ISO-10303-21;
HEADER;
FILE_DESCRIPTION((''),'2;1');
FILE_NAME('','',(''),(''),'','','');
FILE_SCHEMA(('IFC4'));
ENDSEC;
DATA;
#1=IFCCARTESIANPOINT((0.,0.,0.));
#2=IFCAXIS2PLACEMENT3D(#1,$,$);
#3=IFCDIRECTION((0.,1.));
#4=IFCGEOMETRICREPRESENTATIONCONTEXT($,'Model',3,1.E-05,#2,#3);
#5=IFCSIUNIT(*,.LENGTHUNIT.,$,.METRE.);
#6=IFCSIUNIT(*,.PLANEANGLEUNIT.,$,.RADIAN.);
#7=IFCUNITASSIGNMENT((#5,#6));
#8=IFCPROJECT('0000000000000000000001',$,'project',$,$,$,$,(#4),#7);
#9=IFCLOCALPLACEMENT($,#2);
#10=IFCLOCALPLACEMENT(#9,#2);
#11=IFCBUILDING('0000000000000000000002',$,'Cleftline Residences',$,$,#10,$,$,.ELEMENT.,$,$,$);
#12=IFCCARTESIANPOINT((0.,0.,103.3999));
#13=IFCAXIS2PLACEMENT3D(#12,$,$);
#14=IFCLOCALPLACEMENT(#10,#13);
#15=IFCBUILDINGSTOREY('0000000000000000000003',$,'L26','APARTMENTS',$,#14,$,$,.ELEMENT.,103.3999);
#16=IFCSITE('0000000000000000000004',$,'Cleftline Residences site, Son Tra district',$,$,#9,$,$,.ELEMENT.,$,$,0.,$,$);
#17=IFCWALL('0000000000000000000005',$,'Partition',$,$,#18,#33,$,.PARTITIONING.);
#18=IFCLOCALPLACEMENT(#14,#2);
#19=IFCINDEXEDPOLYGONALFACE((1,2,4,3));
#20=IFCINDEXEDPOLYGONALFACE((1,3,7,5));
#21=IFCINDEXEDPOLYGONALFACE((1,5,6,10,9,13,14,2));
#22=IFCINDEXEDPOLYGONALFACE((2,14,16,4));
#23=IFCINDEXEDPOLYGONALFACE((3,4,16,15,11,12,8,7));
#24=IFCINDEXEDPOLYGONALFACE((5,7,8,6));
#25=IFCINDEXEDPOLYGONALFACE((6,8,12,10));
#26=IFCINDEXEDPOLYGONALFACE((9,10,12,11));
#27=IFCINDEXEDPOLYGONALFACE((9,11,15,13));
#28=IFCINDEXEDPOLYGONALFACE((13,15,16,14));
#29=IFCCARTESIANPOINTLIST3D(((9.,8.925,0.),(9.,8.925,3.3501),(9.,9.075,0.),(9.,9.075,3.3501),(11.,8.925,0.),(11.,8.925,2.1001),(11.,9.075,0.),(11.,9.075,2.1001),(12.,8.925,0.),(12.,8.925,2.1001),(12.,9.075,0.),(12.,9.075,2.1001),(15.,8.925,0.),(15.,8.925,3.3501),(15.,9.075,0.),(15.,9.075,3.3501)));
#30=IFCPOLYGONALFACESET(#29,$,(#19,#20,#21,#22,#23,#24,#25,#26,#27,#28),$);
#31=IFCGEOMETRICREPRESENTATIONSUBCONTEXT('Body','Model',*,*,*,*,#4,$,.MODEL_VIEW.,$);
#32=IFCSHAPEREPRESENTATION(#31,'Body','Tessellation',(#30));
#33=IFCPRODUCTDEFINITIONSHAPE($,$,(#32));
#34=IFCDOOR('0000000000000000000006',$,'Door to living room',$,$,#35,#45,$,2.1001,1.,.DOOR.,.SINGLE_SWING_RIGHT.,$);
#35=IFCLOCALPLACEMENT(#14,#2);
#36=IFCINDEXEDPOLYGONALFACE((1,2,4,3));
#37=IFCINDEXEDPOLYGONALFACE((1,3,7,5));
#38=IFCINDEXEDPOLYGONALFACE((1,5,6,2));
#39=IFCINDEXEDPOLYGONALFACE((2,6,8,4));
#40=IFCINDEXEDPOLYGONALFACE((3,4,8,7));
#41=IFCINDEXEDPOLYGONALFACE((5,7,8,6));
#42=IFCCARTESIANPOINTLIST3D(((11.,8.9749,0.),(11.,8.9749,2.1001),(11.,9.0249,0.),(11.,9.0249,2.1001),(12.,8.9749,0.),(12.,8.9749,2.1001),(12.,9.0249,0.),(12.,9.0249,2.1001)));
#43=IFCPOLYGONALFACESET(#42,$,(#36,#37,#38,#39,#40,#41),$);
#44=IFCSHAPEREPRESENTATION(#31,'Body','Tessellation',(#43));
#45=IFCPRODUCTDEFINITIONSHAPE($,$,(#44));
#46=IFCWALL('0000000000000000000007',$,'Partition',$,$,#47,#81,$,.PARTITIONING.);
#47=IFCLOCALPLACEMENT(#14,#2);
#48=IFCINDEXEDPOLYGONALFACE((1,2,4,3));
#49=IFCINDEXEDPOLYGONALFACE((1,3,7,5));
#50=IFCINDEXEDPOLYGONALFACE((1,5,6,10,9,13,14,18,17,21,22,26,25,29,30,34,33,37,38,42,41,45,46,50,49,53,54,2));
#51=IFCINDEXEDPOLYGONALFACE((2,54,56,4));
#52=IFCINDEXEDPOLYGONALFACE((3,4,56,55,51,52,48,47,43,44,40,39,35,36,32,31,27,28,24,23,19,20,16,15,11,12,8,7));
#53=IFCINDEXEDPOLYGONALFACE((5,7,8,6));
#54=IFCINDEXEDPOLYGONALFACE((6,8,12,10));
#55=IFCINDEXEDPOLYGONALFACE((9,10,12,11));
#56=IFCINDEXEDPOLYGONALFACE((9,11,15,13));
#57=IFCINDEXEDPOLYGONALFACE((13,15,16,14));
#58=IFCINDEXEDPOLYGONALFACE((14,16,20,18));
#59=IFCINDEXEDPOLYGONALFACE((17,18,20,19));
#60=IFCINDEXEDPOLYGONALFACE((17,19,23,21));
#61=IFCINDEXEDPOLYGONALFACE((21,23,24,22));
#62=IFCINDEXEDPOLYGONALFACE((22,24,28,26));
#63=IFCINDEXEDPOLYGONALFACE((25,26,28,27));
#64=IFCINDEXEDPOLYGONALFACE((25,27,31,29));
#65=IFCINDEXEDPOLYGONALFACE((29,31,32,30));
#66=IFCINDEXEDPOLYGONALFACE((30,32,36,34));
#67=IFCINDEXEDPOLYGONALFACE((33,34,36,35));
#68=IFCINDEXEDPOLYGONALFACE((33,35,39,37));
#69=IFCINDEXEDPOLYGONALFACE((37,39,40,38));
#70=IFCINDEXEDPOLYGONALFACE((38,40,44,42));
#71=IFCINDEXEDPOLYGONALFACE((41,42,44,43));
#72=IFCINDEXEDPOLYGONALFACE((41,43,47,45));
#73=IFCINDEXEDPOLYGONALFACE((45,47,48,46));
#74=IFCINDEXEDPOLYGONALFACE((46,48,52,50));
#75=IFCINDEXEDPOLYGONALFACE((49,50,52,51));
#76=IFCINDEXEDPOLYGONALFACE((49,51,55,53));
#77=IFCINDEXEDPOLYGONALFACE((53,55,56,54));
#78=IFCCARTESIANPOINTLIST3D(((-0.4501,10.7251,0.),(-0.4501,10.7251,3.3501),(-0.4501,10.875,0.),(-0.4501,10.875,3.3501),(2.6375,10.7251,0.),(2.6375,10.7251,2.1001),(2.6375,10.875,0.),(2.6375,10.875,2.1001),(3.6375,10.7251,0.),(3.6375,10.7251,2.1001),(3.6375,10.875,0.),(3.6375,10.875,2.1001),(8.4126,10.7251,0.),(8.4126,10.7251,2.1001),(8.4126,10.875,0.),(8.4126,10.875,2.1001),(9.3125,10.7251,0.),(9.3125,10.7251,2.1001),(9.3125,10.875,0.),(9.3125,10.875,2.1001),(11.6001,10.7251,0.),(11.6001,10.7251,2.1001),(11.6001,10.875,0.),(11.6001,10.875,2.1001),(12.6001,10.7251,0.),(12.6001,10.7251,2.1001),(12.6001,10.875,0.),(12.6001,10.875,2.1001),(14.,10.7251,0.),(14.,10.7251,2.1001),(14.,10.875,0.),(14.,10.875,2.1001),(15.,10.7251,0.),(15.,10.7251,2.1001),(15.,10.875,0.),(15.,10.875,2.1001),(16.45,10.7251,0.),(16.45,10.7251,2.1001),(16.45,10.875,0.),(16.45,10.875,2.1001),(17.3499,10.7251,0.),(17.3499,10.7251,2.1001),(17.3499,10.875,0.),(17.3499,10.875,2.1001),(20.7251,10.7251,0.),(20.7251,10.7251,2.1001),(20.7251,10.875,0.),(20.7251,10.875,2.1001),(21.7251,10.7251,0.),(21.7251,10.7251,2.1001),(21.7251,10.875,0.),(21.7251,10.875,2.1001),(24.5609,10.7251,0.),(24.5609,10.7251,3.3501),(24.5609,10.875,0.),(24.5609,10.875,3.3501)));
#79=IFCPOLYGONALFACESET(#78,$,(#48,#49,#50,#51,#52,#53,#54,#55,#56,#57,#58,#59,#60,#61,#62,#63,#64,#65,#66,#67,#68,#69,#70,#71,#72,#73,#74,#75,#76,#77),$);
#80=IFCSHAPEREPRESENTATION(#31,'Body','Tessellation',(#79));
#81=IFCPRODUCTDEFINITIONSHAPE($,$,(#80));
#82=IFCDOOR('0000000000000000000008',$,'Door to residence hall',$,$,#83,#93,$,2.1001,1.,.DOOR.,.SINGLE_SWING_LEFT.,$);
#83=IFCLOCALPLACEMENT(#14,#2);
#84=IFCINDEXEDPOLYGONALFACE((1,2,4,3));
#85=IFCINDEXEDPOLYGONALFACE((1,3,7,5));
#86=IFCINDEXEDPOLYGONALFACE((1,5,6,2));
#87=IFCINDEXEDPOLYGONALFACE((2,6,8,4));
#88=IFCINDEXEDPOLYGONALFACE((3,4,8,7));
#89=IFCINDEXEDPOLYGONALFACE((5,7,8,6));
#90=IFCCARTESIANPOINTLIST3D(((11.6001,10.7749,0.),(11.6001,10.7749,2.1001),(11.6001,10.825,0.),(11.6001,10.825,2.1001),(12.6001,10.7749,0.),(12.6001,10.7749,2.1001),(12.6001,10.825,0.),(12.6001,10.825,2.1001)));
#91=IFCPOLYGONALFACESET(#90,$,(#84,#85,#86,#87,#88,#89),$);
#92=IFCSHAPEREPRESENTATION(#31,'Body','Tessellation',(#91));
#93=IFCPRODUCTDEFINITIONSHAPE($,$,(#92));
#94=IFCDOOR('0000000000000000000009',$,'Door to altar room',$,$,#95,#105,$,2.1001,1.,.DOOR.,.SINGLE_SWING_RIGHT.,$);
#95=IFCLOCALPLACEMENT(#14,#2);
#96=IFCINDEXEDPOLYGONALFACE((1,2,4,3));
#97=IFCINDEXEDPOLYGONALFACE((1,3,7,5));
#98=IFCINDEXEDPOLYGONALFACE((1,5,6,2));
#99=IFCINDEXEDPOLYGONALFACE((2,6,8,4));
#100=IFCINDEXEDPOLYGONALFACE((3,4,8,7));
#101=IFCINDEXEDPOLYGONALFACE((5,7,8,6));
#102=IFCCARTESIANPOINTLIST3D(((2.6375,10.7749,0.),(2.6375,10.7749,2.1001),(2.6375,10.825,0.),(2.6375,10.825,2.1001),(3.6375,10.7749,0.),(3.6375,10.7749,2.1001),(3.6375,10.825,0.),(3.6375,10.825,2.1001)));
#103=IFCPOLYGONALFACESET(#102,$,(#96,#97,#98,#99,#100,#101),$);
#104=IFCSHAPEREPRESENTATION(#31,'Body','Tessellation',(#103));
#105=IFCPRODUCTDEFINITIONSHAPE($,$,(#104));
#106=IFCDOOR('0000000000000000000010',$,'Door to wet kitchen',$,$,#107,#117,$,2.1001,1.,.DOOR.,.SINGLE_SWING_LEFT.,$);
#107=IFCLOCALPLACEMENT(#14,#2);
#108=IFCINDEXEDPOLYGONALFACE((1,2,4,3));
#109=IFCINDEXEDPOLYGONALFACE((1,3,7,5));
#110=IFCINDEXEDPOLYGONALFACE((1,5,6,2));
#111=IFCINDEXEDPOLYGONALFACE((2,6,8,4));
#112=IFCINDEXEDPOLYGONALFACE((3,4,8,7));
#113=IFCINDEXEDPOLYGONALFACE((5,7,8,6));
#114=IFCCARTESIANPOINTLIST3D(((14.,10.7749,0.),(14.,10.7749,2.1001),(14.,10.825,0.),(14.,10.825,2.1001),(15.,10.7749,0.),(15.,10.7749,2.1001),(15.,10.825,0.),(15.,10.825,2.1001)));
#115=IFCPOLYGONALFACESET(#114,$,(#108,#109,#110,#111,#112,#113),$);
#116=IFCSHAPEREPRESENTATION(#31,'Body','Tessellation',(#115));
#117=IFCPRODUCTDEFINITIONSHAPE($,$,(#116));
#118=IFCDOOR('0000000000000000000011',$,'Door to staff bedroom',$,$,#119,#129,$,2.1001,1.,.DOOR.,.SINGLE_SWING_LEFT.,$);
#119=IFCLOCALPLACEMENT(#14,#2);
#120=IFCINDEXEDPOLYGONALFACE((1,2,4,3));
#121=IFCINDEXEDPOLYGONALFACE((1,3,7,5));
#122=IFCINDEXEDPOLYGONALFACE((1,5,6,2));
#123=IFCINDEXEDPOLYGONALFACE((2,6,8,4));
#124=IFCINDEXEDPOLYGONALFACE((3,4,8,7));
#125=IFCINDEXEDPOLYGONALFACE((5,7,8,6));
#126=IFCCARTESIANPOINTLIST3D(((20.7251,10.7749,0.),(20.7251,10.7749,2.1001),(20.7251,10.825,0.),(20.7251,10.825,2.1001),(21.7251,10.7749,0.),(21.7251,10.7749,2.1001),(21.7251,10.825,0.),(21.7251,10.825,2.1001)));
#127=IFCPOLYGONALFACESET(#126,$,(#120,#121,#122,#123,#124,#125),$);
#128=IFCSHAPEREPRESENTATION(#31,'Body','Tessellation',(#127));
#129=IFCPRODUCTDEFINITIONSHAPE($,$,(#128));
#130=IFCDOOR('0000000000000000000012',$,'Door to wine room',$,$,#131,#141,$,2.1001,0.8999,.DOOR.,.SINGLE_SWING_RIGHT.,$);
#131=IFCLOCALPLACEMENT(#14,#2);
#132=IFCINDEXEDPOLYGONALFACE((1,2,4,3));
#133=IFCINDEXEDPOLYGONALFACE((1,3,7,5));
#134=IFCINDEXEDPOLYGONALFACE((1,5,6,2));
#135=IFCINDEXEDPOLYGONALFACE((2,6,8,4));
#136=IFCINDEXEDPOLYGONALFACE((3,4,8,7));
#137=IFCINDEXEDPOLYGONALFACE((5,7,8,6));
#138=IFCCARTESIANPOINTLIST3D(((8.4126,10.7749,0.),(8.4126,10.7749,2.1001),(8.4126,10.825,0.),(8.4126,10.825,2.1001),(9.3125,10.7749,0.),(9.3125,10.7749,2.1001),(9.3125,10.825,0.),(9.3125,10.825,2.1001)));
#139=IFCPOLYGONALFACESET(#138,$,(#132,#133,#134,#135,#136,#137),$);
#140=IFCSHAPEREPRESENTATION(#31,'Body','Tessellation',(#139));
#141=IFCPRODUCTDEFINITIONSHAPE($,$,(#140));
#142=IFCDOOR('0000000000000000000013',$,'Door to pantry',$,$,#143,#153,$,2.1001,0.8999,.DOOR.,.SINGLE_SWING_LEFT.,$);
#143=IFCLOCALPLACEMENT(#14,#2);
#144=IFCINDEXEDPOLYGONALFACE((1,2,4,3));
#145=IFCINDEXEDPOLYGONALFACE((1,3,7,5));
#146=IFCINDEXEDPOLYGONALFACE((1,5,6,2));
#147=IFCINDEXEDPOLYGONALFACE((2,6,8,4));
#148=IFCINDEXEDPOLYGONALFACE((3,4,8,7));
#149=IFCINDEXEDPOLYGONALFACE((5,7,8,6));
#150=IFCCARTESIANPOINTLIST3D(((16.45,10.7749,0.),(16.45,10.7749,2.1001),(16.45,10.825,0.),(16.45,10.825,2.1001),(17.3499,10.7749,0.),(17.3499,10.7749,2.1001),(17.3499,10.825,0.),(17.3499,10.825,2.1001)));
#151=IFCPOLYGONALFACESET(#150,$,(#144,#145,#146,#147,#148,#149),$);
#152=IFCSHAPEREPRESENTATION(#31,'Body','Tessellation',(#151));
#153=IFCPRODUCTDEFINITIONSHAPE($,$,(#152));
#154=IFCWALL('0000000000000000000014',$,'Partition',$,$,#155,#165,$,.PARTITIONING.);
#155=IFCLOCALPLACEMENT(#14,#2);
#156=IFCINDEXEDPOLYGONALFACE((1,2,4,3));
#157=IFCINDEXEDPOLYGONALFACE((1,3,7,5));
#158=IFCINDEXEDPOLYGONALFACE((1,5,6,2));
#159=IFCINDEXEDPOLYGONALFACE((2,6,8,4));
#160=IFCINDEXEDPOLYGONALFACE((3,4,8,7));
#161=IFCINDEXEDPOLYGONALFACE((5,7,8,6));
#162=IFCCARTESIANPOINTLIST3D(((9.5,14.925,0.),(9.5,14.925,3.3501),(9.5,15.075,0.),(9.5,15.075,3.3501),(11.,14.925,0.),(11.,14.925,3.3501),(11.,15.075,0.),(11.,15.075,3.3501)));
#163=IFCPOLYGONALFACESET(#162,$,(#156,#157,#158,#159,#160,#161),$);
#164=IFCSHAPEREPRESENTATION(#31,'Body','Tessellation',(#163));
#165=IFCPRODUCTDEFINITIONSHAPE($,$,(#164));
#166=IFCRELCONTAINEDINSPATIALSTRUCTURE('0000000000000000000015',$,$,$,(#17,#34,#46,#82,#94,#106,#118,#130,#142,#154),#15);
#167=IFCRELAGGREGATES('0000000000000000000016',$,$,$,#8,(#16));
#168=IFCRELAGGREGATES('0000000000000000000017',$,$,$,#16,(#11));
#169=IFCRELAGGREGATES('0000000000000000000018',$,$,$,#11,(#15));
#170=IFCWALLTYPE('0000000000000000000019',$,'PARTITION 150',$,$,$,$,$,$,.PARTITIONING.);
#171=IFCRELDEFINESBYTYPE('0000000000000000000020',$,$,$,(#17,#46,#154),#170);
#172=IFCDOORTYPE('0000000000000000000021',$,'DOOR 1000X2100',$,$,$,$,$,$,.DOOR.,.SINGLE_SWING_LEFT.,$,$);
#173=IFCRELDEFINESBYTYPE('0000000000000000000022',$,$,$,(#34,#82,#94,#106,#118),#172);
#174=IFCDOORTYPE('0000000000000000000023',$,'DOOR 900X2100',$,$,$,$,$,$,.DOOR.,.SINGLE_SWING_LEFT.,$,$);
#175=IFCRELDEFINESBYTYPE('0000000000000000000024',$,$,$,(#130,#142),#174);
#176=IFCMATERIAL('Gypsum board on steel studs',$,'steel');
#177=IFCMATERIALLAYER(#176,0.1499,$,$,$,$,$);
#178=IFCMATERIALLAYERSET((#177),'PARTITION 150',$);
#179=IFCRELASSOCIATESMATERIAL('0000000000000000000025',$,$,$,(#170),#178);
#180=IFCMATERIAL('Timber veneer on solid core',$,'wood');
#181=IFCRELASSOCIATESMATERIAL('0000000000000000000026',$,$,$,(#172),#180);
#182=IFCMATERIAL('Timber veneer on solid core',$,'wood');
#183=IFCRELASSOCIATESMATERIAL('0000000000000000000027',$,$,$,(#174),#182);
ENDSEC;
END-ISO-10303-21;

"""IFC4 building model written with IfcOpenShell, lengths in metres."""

from ifc_helpers import new_model, si_unit, direction, frame, frame_2d, origin, place, context, subcontext, project, spatial, rectangle, extrude, material, layer, layer_set, type_object, element, fill, save


model = new_model("IFC4")

# Units and contexts
model_context = context("Model", 3, precision=1e-05, world=origin(), true_north=direction((0.0, 1.0)))
body_context = subcontext(model_context, "Body", "Model", "MODEL_VIEW")
ifc_project = project(units=[si_unit("LENGTHUNIT", "METRE"), si_unit("PLANEANGLEUNIT", "RADIAN")], contexts=[model_context])

# Site, building, storey
site_placement = place(None, origin())
site = spatial("IfcSite", under=ifc_project, at=site_placement, Name="Cleftline Residences site, Son Tra district", CompositionType="ELEMENT", RefElevation=0.0)
building_placement = place(site_placement, origin())
building = spatial("IfcBuilding", under=site, at=building_placement, Name="Cleftline Residences", CompositionType="ELEMENT")
storey_placement = place(building_placement, frame((0.0, 0.0, 103.3999)))
storey = spatial("IfcBuildingStorey", under=building, at=storey_placement, Name="L26", Description="APARTMENTS", CompositionType="ELEMENT", Elevation=103.3999)

# Wall, opening, door
ifc_material_1 = material(Name="Gypsum board on steel studs", Category="steel")
ifc_layer = layer(ifc_material_1, 0.1499)
ifc_layer_set = layer_set([ifc_layer], Name="PARTITION 150")
wall_type = type_object("IfcWallType", Name="PARTITION 150", PredefinedType="PARTITIONING", material=ifc_layer_set)
wall_1_placement = place(storey_placement, frame((9.0, 9.0, 0.0), z_axis=(0.0, 0.0, 1.0), x_axis=(1.0, 0.0, 0.0)))
wall_1 = element("IfcWall", 1, at=wall_1_placement, inside=storey, type_object=wall_type, Name="Partition", PredefinedType="PARTITIONING", context=body_context, shape_type="SweptSolid", body=[
    extrude(rectangle(XDim=6.0, YDim=0.1499, at=frame_2d((3.0, 0.0))), origin(), (0.0, 0.0, 1.0), 3.3501),
])
opening_1_placement = place(wall_1_placement, frame((2.0, 0.0, 0.0)))
opening_1 = element("IfcOpeningElement", 2, at=opening_1_placement, cuts=wall_1, PredefinedType="OPENING", context=body_context, shape_type="SweptSolid", body=[
    extrude(rectangle(XDim=1.0, YDim=2.1001, at=frame_2d((0.5, 1.05))), frame((0.0, 0.085, 0.0), z_axis=(0.0, -1.0, 0.0), x_axis=(1.0, 0.0, 0.0)), (0.0, 0.0, 1.0), 0.1699),
])
ifc_material_2 = material(Name="Timber veneer on solid core", Category="wood")
door_type_1 = type_object("IfcDoorType", Name="DOOR 1000X2100", OperationType="SINGLE_SWING_LEFT", PredefinedType="DOOR", material=ifc_material_2)
door_1_placement = place(opening_1_placement, origin())
door_1 = element("IfcDoor", 3, at=door_1_placement, inside=storey, type_object=door_type_1, Name="Door to living room", OperationType="SINGLE_SWING_RIGHT", OverallHeight=2.1001, OverallWidth=1.0, PredefinedType="DOOR", context=body_context, shape_type="SweptSolid", body=[
    extrude(rectangle(XDim=1.0, YDim=2.1001, at=frame_2d((0.5, 1.05))), frame((0.0, 0.0249, 0.0), z_axis=(0.0, -1.0, 0.0), x_axis=(1.0, 0.0, 0.0)), (0.0, 0.0, 1.0), 0.05),
])
fill(opening_1, door_1)

# Wall, openings, doors
wall_2_placement = place(storey_placement, frame((-0.45, 10.8, 0.0), z_axis=(0.0, 0.0, 1.0), x_axis=(1.0, 0.0, 0.0)))
wall_2 = element("IfcWall", 4, at=wall_2_placement, inside=storey, type_object=wall_type, Name="Partition", PredefinedType="PARTITIONING", context=body_context, shape_type="SweptSolid", body=[
    extrude(rectangle(XDim=25.011, YDim=0.1499, at=frame_2d((12.5054, 0.0))), origin(), (0.0, 0.0, 1.0), 3.3501),
])
opening_2_placement = place(wall_2_placement, frame((12.05, 0.0, 0.0)))
opening_2 = element("IfcOpeningElement", 5, at=opening_2_placement, cuts=wall_2, PredefinedType="OPENING", context=body_context, shape_type="SweptSolid", body=[
    extrude(rectangle(XDim=1.0, YDim=2.1001, at=frame_2d((0.5, 1.05))), frame((0.0, 0.085, 0.0), z_axis=(0.0, -1.0, 0.0), x_axis=(1.0, 0.0, 0.0)), (0.0, 0.0, 1.0), 0.1699),
])
opening_3_placement = place(wall_2_placement, frame((3.0874, 0.0, 0.0)))
opening_3 = element("IfcOpeningElement", 6, at=opening_3_placement, cuts=wall_2, PredefinedType="OPENING", context=body_context, shape_type="SweptSolid", body=[
    extrude(rectangle(XDim=1.0, YDim=2.1001, at=frame_2d((0.5, 1.05))), frame((0.0, 0.085, 0.0), z_axis=(0.0, -1.0, 0.0), x_axis=(1.0, 0.0, 0.0)), (0.0, 0.0, 1.0), 0.1699),
])
opening_4_placement = place(wall_2_placement, frame((8.8625, 0.0, 0.0)))
opening_4 = element("IfcOpeningElement", 7, at=opening_4_placement, cuts=wall_2, PredefinedType="OPENING", context=body_context, shape_type="SweptSolid", body=[
    extrude(rectangle(XDim=0.8999, YDim=2.1001, at=frame_2d((0.45, 1.05))), frame((0.0, 0.085, 0.0), z_axis=(0.0, -1.0, 0.0), x_axis=(1.0, 0.0, 0.0)), (0.0, 0.0, 1.0), 0.1699),
])
opening_5_placement = place(wall_2_placement, frame((14.45, 0.0, 0.0)))
opening_5 = element("IfcOpeningElement", 8, at=opening_5_placement, cuts=wall_2, PredefinedType="OPENING", context=body_context, shape_type="SweptSolid", body=[
    extrude(rectangle(XDim=1.0, YDim=2.1001, at=frame_2d((0.5, 1.05))), frame((0.0, 0.085, 0.0), z_axis=(0.0, -1.0, 0.0), x_axis=(1.0, 0.0, 0.0)), (0.0, 0.0, 1.0), 0.1699),
])
opening_6_placement = place(wall_2_placement, frame((16.8999, 0.0, 0.0)))
opening_6 = element("IfcOpeningElement", 9, at=opening_6_placement, cuts=wall_2, PredefinedType="OPENING", context=body_context, shape_type="SweptSolid", body=[
    extrude(rectangle(XDim=0.8999, YDim=2.1001, at=frame_2d((0.45, 1.05))), frame((0.0, 0.085, 0.0), z_axis=(0.0, -1.0, 0.0), x_axis=(1.0, 0.0, 0.0)), (0.0, 0.0, 1.0), 0.1699),
])
opening_7_placement = place(wall_2_placement, frame((21.175, 0.0, 0.0)))
opening_7 = element("IfcOpeningElement", 10, at=opening_7_placement, cuts=wall_2, PredefinedType="OPENING", context=body_context, shape_type="SweptSolid", body=[
    extrude(rectangle(XDim=1.0, YDim=2.1001, at=frame_2d((0.5, 1.05))), frame((0.0, 0.085, 0.0), z_axis=(0.0, -1.0, 0.0), x_axis=(1.0, 0.0, 0.0)), (0.0, 0.0, 1.0), 0.1699),
])
door_2_placement = place(opening_2_placement, origin())
door_2 = element("IfcDoor", 11, at=door_2_placement, inside=storey, type_object=door_type_1, Name="Door to residence hall", OperationType="SINGLE_SWING_LEFT", OverallHeight=2.1001, OverallWidth=1.0, PredefinedType="DOOR", context=body_context, shape_type="SweptSolid", body=[
    extrude(rectangle(XDim=1.0, YDim=2.1001, at=frame_2d((0.5, 1.05))), frame((0.0, 0.0249, 0.0), z_axis=(0.0, -1.0, 0.0), x_axis=(1.0, 0.0, 0.0)), (0.0, 0.0, 1.0), 0.05),
])
fill(opening_2, door_2)
door_3_placement = place(opening_3_placement, origin())
door_3 = element("IfcDoor", 12, at=door_3_placement, inside=storey, type_object=door_type_1, Name="Door to altar room", OperationType="SINGLE_SWING_RIGHT", OverallHeight=2.1001, OverallWidth=1.0, PredefinedType="DOOR", context=body_context, shape_type="SweptSolid", body=[
    extrude(rectangle(XDim=1.0, YDim=2.1001, at=frame_2d((0.5, 1.05))), frame((0.0, 0.0249, 0.0), z_axis=(0.0, -1.0, 0.0), x_axis=(1.0, 0.0, 0.0)), (0.0, 0.0, 1.0), 0.05),
])
fill(opening_3, door_3)
door_4_placement = place(opening_5_placement, origin())
door_4 = element("IfcDoor", 13, at=door_4_placement, inside=storey, type_object=door_type_1, Name="Door to wet kitchen", OperationType="SINGLE_SWING_LEFT", OverallHeight=2.1001, OverallWidth=1.0, PredefinedType="DOOR", context=body_context, shape_type="SweptSolid", body=[
    extrude(rectangle(XDim=1.0, YDim=2.1001, at=frame_2d((0.5, 1.05))), frame((0.0, 0.0249, 0.0), z_axis=(0.0, -1.0, 0.0), x_axis=(1.0, 0.0, 0.0)), (0.0, 0.0, 1.0), 0.05),
])
fill(opening_5, door_4)
door_5_placement = place(opening_7_placement, origin())
door_5 = element("IfcDoor", 14, at=door_5_placement, inside=storey, type_object=door_type_1, Name="Door to staff bedroom", OperationType="SINGLE_SWING_LEFT", OverallHeight=2.1001, OverallWidth=1.0, PredefinedType="DOOR", context=body_context, shape_type="SweptSolid", body=[
    extrude(rectangle(XDim=1.0, YDim=2.1001, at=frame_2d((0.5, 1.05))), frame((0.0, 0.0249, 0.0), z_axis=(0.0, -1.0, 0.0), x_axis=(1.0, 0.0, 0.0)), (0.0, 0.0, 1.0), 0.05),
])
fill(opening_7, door_5)
ifc_material_3 = material(Name="Timber veneer on solid core", Category="wood")
door_type_2 = type_object("IfcDoorType", Name="DOOR 900X2100", OperationType="SINGLE_SWING_LEFT", PredefinedType="DOOR", material=ifc_material_3)
door_6_placement = place(opening_4_placement, origin())
door_6 = element("IfcDoor", 15, at=door_6_placement, inside=storey, type_object=door_type_2, Name="Door to wine room", OperationType="SINGLE_SWING_RIGHT", OverallHeight=2.1001, OverallWidth=0.8999, PredefinedType="DOOR", context=body_context, shape_type="SweptSolid", body=[
    extrude(rectangle(XDim=0.8999, YDim=2.1001, at=frame_2d((0.45, 1.05))), frame((0.0, 0.0249, 0.0), z_axis=(0.0, -1.0, 0.0), x_axis=(1.0, 0.0, 0.0)), (0.0, 0.0, 1.0), 0.05),
])
fill(opening_4, door_6)
door_7_placement = place(opening_6_placement, origin())
door_7 = element("IfcDoor", 16, at=door_7_placement, inside=storey, type_object=door_type_2, Name="Door to pantry", OperationType="SINGLE_SWING_LEFT", OverallHeight=2.1001, OverallWidth=0.8999, PredefinedType="DOOR", context=body_context, shape_type="SweptSolid", body=[
    extrude(rectangle(XDim=0.8999, YDim=2.1001, at=frame_2d((0.45, 1.05))), frame((0.0, 0.0249, 0.0), z_axis=(0.0, -1.0, 0.0), x_axis=(1.0, 0.0, 0.0)), (0.0, 0.0, 1.0), 0.05),
])
fill(opening_6, door_7)

# Wall
wall_3_placement = place(storey_placement, frame((9.5, 15.0, 0.0), z_axis=(0.0, 0.0, 1.0), x_axis=(1.0, 0.0, 0.0)))
element("IfcWall", 17, at=wall_3_placement, inside=storey, type_object=wall_type, Name="Partition", PredefinedType="PARTITIONING", context=body_context, shape_type="SweptSolid", body=[
    extrude(rectangle(XDim=1.5, YDim=0.1499, at=frame_2d((0.75, 0.0))), origin(), (0.0, 0.0, 1.0), 3.3501),
])

save(model, "model.ifc")
